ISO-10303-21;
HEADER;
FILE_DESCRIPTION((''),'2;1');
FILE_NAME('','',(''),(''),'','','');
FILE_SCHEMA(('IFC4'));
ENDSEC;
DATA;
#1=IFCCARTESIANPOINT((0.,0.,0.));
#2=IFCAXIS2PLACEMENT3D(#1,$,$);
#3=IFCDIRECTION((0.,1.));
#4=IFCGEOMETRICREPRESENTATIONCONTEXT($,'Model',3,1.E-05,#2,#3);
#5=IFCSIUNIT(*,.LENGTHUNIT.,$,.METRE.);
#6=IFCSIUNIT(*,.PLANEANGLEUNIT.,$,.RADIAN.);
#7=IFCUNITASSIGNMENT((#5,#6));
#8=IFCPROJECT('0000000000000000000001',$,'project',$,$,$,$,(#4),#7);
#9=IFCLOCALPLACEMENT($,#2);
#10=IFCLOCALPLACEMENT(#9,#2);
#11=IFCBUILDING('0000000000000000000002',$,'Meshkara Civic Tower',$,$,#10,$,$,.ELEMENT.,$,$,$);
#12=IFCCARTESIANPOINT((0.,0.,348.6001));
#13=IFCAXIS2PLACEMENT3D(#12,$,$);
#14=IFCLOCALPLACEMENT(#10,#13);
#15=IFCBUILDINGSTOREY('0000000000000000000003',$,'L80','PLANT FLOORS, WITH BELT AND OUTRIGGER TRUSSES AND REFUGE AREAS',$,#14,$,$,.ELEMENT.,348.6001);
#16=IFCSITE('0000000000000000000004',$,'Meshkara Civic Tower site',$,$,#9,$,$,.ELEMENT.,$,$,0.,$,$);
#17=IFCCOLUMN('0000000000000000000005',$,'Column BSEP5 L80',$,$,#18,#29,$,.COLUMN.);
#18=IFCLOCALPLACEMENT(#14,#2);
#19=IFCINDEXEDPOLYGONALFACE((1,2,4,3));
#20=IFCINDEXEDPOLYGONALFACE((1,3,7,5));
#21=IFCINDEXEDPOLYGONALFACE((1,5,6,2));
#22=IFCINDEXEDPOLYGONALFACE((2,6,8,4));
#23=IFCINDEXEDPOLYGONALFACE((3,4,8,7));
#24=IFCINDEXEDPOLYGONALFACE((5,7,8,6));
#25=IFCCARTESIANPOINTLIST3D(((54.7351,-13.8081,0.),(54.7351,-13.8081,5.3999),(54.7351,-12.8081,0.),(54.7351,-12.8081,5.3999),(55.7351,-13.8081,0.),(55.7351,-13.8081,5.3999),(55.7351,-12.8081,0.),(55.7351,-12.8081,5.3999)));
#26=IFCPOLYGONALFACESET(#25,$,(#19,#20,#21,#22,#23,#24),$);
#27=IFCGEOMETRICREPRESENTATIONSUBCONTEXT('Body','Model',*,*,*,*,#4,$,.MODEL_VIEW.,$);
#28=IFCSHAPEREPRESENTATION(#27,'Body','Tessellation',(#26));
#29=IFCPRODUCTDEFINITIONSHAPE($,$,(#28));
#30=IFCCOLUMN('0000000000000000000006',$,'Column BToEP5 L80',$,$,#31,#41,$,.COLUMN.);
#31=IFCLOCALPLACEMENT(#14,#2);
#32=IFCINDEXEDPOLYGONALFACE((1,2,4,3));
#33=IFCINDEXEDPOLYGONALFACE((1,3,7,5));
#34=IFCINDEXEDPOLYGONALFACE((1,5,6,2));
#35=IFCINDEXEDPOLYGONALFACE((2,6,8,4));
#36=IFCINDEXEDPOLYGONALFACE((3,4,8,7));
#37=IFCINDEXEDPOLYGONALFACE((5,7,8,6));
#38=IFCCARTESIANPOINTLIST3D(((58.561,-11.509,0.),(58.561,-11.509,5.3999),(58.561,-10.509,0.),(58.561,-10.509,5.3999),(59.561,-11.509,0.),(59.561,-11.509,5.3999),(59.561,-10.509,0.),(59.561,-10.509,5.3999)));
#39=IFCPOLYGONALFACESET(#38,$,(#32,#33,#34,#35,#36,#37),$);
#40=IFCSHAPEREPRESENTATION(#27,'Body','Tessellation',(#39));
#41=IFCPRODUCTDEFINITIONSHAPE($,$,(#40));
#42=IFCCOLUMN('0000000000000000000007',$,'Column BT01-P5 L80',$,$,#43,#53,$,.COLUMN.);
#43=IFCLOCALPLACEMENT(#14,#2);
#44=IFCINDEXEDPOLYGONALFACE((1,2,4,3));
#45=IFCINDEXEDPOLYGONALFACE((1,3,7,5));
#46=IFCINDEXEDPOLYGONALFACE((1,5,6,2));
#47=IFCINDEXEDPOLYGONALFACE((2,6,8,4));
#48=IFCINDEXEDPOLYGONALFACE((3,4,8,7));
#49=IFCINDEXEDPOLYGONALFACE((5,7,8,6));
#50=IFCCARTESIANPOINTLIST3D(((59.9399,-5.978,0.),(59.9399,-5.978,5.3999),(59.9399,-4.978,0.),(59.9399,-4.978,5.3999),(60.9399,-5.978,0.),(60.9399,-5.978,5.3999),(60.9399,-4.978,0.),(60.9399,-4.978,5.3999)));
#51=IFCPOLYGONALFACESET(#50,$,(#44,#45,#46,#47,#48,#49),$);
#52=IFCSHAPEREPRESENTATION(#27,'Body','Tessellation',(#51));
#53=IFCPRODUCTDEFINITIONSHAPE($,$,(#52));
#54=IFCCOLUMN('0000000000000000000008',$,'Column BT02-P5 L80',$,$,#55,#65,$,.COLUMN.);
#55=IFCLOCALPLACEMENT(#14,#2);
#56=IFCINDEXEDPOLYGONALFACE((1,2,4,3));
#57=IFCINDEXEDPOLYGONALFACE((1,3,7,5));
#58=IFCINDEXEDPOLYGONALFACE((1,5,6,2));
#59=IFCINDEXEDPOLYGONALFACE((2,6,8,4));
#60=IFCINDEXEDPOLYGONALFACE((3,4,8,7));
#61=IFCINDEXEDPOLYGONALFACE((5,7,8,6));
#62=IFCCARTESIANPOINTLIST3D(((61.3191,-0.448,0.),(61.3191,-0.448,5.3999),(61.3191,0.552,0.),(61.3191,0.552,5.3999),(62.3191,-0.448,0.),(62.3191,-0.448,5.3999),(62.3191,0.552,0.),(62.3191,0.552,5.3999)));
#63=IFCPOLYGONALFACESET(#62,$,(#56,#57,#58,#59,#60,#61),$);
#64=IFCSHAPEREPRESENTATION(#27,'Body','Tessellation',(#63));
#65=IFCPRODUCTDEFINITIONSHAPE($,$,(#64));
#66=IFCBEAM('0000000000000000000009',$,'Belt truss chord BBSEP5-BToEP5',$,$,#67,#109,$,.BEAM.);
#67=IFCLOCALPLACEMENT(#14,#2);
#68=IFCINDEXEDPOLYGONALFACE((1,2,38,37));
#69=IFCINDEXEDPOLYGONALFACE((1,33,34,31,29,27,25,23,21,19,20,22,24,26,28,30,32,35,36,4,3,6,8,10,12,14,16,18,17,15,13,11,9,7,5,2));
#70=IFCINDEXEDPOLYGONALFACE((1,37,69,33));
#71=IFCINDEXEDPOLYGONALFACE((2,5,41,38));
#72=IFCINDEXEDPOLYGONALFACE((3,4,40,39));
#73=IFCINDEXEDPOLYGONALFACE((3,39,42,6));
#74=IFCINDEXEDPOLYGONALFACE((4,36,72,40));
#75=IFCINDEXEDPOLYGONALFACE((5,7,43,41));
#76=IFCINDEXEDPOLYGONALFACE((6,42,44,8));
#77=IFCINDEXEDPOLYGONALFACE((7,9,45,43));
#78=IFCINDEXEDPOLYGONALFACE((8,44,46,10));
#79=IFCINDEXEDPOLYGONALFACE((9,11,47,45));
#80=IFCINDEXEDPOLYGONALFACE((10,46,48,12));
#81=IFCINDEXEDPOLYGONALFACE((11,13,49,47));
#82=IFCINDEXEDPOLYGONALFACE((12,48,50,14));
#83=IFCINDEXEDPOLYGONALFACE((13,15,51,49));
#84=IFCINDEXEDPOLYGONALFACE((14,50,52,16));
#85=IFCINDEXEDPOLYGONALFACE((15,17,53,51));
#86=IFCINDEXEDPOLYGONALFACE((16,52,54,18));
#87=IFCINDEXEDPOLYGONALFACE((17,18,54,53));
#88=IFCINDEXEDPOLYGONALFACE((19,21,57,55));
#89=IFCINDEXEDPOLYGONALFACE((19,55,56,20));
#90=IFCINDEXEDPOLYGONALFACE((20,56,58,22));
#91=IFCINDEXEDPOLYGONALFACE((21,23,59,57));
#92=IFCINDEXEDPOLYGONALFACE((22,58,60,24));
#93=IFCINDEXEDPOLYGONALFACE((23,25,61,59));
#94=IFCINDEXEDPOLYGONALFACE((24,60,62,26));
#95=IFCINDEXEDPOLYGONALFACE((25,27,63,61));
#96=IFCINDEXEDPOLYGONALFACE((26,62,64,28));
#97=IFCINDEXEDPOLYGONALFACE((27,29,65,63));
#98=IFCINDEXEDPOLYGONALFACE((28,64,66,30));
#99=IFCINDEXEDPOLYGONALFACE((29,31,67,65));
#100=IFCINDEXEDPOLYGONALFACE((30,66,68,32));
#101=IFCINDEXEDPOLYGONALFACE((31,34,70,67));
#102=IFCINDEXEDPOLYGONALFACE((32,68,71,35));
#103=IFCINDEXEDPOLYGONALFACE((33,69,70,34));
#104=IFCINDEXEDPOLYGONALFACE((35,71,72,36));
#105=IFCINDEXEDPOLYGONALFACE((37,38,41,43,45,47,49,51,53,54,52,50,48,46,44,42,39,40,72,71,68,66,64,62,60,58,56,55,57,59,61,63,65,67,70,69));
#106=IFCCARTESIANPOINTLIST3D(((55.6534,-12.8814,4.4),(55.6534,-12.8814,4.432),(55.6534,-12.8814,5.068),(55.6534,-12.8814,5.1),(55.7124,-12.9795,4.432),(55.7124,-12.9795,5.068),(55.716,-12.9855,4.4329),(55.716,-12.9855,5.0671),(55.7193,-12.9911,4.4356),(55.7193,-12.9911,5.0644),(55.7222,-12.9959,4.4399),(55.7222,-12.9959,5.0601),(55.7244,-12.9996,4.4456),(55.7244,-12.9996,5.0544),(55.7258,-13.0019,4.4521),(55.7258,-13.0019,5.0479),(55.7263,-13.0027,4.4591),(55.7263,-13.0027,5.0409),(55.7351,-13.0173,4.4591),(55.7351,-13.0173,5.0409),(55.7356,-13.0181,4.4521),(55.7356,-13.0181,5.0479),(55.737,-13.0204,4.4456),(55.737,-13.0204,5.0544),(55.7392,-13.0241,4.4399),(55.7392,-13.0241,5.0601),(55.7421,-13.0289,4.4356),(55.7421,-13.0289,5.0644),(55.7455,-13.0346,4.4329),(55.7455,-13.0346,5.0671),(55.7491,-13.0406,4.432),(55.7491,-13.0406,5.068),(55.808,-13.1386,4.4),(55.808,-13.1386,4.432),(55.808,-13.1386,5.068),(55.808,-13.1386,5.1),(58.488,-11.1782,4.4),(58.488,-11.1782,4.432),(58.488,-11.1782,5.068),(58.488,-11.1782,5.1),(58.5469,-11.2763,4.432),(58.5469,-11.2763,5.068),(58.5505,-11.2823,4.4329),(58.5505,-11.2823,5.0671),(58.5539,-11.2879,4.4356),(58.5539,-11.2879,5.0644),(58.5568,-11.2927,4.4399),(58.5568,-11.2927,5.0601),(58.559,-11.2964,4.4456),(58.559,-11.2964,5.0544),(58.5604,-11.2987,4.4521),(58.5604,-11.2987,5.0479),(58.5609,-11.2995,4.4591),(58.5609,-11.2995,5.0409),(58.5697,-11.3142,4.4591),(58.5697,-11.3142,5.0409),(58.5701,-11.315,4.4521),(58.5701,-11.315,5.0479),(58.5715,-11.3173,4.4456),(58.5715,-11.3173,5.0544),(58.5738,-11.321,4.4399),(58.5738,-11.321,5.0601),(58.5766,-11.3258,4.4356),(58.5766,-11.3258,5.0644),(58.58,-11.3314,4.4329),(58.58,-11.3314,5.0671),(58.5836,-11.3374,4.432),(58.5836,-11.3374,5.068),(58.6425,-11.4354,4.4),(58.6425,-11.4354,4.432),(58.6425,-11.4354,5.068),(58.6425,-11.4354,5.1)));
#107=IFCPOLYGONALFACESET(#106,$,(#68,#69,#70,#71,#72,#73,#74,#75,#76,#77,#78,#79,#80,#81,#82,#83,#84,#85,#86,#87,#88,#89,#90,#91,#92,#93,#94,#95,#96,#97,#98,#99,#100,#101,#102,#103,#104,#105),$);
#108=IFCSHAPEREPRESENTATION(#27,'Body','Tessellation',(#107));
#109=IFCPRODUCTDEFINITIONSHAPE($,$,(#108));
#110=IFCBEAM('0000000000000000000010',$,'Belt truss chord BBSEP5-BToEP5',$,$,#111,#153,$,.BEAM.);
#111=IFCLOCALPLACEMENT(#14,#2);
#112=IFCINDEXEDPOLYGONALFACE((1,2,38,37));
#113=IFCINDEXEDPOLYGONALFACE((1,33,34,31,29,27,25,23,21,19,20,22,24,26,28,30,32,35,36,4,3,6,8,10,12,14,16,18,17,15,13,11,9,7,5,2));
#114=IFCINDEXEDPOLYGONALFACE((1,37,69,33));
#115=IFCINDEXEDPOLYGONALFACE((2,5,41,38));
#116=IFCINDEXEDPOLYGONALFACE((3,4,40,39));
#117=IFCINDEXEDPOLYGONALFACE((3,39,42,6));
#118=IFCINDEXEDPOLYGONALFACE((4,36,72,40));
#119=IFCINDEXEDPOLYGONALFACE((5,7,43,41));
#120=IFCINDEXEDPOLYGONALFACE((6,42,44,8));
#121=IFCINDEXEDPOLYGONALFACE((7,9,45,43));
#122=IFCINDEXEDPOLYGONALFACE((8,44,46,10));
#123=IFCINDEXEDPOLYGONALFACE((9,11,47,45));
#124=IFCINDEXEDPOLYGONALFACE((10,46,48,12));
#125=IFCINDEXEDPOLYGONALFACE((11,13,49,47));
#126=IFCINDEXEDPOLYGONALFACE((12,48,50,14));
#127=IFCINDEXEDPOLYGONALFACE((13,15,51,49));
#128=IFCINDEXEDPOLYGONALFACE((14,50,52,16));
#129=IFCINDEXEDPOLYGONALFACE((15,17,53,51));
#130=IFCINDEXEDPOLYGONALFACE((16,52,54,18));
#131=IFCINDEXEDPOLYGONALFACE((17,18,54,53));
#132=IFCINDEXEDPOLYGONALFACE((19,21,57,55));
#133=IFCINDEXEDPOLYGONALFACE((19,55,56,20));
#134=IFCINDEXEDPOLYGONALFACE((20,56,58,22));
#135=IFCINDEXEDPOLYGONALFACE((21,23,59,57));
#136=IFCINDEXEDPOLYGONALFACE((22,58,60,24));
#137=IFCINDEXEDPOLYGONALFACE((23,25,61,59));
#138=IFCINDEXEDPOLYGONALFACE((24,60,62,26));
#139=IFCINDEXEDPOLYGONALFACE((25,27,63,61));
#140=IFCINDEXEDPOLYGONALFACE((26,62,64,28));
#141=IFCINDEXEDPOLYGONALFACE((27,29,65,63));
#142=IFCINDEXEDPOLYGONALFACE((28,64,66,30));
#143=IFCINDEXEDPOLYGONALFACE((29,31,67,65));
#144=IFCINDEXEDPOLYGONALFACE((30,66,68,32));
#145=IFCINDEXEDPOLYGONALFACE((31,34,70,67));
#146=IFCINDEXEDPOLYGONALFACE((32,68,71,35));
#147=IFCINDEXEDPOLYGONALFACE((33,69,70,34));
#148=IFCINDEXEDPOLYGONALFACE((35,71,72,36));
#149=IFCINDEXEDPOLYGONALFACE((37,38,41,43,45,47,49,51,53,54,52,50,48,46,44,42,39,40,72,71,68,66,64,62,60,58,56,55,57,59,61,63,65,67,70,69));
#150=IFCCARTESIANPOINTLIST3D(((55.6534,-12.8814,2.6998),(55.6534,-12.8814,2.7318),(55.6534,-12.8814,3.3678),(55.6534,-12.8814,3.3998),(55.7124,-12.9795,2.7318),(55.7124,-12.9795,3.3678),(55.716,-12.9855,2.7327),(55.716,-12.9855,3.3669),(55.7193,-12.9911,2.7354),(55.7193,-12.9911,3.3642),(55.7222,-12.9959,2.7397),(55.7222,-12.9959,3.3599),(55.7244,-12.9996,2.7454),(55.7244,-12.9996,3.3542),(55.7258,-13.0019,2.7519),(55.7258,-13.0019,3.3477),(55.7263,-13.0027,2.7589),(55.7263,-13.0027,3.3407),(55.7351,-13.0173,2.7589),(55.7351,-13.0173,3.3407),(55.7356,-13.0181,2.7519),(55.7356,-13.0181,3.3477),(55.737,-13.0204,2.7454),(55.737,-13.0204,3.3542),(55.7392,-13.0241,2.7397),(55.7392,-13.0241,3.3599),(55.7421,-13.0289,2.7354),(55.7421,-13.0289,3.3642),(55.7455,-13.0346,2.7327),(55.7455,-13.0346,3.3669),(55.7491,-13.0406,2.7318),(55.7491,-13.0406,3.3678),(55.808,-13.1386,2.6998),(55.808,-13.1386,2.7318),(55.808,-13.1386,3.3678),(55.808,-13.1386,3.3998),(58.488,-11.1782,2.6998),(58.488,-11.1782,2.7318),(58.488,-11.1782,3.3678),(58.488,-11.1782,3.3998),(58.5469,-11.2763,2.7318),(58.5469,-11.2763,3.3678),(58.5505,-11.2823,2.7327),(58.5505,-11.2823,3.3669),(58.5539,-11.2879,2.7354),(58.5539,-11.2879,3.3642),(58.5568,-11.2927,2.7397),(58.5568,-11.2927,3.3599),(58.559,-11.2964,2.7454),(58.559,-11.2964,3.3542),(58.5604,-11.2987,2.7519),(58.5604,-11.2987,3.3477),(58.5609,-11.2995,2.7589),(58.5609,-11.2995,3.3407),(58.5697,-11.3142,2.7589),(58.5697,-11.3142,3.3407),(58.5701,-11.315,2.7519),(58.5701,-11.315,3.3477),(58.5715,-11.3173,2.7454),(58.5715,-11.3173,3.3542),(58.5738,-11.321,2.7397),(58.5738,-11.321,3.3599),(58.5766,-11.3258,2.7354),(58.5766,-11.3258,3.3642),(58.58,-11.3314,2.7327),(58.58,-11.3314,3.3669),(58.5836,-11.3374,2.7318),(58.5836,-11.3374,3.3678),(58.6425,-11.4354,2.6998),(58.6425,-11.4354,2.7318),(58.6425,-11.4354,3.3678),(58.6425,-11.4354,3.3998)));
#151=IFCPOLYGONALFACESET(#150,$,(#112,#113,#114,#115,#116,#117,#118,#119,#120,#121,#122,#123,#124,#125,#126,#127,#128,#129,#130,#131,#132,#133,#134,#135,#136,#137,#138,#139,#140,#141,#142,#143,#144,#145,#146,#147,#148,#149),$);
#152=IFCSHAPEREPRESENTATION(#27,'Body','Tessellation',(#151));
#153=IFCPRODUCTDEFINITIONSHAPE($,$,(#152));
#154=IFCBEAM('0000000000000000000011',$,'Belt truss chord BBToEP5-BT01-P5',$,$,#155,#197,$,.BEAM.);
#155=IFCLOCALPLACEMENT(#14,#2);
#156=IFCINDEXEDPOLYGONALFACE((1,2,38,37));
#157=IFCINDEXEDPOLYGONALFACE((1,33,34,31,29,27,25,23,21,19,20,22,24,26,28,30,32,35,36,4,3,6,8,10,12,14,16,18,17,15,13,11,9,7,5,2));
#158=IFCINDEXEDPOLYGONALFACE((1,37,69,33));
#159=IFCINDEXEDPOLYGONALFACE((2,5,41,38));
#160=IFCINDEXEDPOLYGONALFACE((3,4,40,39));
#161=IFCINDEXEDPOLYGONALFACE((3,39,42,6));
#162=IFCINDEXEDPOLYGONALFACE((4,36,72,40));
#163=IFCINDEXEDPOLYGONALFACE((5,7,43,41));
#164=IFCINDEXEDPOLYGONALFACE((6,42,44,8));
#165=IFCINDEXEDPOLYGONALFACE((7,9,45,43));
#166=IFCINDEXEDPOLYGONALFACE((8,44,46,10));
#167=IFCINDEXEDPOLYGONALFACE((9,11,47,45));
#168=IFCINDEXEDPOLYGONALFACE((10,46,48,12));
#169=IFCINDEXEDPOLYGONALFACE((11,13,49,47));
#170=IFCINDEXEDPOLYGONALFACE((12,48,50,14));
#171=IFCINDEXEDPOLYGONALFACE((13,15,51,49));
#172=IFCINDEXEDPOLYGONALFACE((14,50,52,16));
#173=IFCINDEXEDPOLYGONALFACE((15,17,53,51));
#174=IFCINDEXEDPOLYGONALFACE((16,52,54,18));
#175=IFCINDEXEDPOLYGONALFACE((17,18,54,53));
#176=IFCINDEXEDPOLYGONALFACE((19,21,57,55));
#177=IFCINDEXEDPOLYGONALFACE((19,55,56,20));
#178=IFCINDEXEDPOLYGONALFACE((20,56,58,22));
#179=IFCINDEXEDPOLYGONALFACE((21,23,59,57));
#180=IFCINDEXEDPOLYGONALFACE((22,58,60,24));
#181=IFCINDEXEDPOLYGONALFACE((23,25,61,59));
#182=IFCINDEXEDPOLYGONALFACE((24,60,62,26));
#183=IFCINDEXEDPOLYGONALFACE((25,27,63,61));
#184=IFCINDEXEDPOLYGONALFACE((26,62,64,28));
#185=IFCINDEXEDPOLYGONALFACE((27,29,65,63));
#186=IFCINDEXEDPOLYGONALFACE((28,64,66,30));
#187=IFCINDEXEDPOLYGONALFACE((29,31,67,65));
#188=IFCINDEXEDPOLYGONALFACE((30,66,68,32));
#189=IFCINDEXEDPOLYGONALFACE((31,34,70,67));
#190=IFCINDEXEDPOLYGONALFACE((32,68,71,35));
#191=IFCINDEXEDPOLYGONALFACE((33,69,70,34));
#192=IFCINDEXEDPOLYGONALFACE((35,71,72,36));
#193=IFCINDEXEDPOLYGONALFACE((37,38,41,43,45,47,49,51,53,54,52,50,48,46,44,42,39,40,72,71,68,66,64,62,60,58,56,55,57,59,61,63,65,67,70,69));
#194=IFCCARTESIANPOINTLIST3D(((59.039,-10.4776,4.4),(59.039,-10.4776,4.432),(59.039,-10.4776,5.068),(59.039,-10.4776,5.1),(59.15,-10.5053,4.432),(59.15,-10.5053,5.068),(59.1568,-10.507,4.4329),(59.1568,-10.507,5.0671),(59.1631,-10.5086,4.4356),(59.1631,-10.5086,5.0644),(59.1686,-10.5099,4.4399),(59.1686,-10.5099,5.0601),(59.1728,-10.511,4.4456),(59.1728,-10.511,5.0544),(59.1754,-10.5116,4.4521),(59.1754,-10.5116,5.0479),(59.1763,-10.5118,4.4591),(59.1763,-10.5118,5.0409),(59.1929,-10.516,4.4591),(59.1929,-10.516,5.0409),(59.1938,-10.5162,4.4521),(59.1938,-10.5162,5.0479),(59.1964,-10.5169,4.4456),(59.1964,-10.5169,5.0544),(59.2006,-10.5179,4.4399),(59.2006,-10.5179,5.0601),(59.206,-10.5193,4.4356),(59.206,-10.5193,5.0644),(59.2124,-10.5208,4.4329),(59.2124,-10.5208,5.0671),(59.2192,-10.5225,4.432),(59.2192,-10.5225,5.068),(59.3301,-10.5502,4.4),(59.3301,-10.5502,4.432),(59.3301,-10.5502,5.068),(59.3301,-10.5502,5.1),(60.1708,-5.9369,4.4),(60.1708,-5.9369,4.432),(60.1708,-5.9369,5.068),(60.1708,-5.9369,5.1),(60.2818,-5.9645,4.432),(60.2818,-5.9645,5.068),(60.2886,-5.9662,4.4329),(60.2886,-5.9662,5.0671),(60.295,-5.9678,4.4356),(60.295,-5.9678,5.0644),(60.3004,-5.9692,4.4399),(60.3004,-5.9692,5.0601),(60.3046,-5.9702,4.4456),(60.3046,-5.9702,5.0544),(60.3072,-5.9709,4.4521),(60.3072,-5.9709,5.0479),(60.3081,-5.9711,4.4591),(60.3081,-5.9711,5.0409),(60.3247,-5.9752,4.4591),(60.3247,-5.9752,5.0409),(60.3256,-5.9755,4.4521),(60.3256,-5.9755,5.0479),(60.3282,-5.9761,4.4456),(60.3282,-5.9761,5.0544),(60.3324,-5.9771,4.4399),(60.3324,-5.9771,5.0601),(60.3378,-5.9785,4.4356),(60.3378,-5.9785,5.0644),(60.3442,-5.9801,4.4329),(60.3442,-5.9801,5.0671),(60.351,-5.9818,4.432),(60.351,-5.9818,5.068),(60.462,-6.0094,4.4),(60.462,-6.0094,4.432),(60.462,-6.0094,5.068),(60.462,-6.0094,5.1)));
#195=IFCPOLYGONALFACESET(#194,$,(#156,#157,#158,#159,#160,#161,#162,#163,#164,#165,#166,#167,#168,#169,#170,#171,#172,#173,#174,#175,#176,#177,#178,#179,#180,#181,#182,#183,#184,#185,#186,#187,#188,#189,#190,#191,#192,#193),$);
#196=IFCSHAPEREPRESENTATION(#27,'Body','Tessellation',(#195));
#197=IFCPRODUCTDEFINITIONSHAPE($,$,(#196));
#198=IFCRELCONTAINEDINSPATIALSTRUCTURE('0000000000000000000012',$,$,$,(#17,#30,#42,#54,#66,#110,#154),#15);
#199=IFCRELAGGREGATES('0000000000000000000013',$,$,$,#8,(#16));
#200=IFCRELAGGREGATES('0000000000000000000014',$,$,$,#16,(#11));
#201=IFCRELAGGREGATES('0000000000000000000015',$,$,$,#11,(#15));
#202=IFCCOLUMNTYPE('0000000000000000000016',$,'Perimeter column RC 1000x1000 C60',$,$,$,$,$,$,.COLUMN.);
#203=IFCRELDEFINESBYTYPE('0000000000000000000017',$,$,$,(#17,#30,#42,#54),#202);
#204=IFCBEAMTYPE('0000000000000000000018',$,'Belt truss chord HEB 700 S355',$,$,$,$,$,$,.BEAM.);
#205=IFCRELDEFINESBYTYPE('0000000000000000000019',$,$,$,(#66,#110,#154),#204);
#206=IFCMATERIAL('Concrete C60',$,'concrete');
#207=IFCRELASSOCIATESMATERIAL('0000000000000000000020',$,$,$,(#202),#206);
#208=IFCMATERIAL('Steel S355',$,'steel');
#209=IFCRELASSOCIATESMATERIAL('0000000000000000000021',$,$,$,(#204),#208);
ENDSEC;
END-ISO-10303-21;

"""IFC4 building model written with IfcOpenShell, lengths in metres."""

from ifc_helpers import new_model, si_unit, direction, frame, origin, origin_2d, place, context, subcontext, project, spatial, rectangle, i_section, extrude, material, material_profile, profile_set, type_object, element, save


model = new_model("IFC4")

# Units and contexts
model_context = context("Model", 3, precision=1e-05, world=origin(), true_north=direction((0.0, 1.0)))
body_context = subcontext(model_context, "Body", "Model", "MODEL_VIEW")
ifc_project = project(units=[si_unit("LENGTHUNIT", "METRE"), si_unit("PLANEANGLEUNIT", "RADIAN")], contexts=[model_context])

# Site, building, storey
site_placement = place(None, origin())
site = spatial("IfcSite", under=ifc_project, at=site_placement, Name="Meshkara Civic Tower site", CompositionType="ELEMENT", RefElevation=0.0)
building_placement = place(site_placement, origin())
building = spatial("IfcBuilding", under=site, at=building_placement, Name="Meshkara Civic Tower", CompositionType="ELEMENT")
storey_placement = place(building_placement, frame((0.0, 0.0, 348.6001)))
storey = spatial("IfcBuildingStorey", under=building, at=storey_placement, Name="L80", Description="PLANT FLOORS, WITH BELT AND OUTRIGGER TRUSSES AND REFUGE AREAS", CompositionType="ELEMENT", Elevation=348.6001)

# Columns
ifc_material_1 = material(Name="Concrete C60", Category="concrete")
ifc_material_profile_1 = material_profile(ifc_material_1, rectangle(XDim=1.0, YDim=1.0, at=origin_2d()))
ifc_profile_set_1 = profile_set([ifc_material_profile_1], Name="Concrete C60")
column_type = type_object("IfcColumnType", Name="Perimeter column RC 1000x1000 C60", PredefinedType="COLUMN", material=ifc_profile_set_1)
for number, where, z_axis, x_axis, name in (
    (1, (55.2351, -13.3081, 0.0), (0.0, 0.0, 1.0), (1.0, 0.0, 0.0), "Column BSEP5 L80"),
    (2, (59.061, -11.009, 0.0), (0.0, 0.0, 1.0), (1.0, 0.0, 0.0), "Column BToEP5 L80"),
    (3, (60.4399, -5.478, 0.0), (0.0, 0.0, 1.0), (1.0, 0.0, 0.0), "Column BT01-P5 L80"),
    (4, (61.8191, 0.052, 0.0), (0.0, 0.0, 1.0), (1.0, 0.0, 0.0), "Column BT02-P5 L80"),
):
    element("IfcColumn", number, at=place(storey_placement, frame(where, z_axis=z_axis, x_axis=x_axis)), inside=storey, type_object=column_type, Name=name, PredefinedType="COLUMN", context=body_context, shape_type="SweptSolid", body=[
        extrude(rectangle(XDim=1.0, YDim=1.0, at=origin_2d()), origin(), (0.0, 0.0, 1.0), 5.3999),
    ])

# Beams
ifc_material_2 = material(Name="Steel S355", Category="steel")
ifc_material_profile_2 = material_profile(ifc_material_2, i_section(OverallWidth=0.3, OverallDepth=0.7, WebThickness=0.0171, FlangeThickness=0.032, FilletRadius=0.0271, at=origin_2d()))
ifc_profile_set_2 = profile_set([ifc_material_profile_2], Name="Steel S355")
beam_type = type_object("IfcBeamType", Name="Belt truss chord HEB 700 S355", PredefinedType="BEAM", material=ifc_profile_set_2)
for number, where, z_axis, x_axis, name in (
    (5, (55.7307, -13.01, 4.75), (0.857167, 0.515039, 0.0), (-0.515039, 0.857167, 0.0), "Belt truss chord BBSEP5-BToEP5"),
    (6, (55.7307, -13.01, 3.0498), (0.857167, 0.515039, 0.0), (-0.515039, 0.857167, 0.0), "Belt truss chord BBSEP5-BToEP5"),
):
    element("IfcBeam", number, at=place(storey_placement, frame(where, z_axis=z_axis, x_axis=x_axis)), inside=storey, type_object=beam_type, Name=name, PredefinedType="BEAM", context=body_context, shape_type="SweptSolid", body=[
        extrude(i_section(OverallWidth=0.3, OverallDepth=0.7, WebThickness=0.0171, FlangeThickness=0.032, FilletRadius=0.0271, at=origin_2d()), origin(), (0.0, 0.0, 1.0), 3.3069),
    ])
for number, where, z_axis, x_axis, name in (
    (7, (59.1846, -10.5139, 4.75), (0.24186, 0.970311, 0.0), (-0.970311, 0.24186, 0.0), "Belt truss chord BBToEP5-BT01-P5"),
):
    element("IfcBeam", number, at=place(storey_placement, frame(where, z_axis=z_axis, x_axis=x_axis)), inside=storey, type_object=beam_type, Name=name, PredefinedType="BEAM", context=body_context, shape_type="SweptSolid", body=[
        extrude(i_section(OverallWidth=0.3, OverallDepth=0.7, WebThickness=0.0171, FlangeThickness=0.032, FilletRadius=0.0271, at=origin_2d()), origin(), (0.0, 0.0, 1.0), 4.6797),
    ])

save(model, "model.ifc")
